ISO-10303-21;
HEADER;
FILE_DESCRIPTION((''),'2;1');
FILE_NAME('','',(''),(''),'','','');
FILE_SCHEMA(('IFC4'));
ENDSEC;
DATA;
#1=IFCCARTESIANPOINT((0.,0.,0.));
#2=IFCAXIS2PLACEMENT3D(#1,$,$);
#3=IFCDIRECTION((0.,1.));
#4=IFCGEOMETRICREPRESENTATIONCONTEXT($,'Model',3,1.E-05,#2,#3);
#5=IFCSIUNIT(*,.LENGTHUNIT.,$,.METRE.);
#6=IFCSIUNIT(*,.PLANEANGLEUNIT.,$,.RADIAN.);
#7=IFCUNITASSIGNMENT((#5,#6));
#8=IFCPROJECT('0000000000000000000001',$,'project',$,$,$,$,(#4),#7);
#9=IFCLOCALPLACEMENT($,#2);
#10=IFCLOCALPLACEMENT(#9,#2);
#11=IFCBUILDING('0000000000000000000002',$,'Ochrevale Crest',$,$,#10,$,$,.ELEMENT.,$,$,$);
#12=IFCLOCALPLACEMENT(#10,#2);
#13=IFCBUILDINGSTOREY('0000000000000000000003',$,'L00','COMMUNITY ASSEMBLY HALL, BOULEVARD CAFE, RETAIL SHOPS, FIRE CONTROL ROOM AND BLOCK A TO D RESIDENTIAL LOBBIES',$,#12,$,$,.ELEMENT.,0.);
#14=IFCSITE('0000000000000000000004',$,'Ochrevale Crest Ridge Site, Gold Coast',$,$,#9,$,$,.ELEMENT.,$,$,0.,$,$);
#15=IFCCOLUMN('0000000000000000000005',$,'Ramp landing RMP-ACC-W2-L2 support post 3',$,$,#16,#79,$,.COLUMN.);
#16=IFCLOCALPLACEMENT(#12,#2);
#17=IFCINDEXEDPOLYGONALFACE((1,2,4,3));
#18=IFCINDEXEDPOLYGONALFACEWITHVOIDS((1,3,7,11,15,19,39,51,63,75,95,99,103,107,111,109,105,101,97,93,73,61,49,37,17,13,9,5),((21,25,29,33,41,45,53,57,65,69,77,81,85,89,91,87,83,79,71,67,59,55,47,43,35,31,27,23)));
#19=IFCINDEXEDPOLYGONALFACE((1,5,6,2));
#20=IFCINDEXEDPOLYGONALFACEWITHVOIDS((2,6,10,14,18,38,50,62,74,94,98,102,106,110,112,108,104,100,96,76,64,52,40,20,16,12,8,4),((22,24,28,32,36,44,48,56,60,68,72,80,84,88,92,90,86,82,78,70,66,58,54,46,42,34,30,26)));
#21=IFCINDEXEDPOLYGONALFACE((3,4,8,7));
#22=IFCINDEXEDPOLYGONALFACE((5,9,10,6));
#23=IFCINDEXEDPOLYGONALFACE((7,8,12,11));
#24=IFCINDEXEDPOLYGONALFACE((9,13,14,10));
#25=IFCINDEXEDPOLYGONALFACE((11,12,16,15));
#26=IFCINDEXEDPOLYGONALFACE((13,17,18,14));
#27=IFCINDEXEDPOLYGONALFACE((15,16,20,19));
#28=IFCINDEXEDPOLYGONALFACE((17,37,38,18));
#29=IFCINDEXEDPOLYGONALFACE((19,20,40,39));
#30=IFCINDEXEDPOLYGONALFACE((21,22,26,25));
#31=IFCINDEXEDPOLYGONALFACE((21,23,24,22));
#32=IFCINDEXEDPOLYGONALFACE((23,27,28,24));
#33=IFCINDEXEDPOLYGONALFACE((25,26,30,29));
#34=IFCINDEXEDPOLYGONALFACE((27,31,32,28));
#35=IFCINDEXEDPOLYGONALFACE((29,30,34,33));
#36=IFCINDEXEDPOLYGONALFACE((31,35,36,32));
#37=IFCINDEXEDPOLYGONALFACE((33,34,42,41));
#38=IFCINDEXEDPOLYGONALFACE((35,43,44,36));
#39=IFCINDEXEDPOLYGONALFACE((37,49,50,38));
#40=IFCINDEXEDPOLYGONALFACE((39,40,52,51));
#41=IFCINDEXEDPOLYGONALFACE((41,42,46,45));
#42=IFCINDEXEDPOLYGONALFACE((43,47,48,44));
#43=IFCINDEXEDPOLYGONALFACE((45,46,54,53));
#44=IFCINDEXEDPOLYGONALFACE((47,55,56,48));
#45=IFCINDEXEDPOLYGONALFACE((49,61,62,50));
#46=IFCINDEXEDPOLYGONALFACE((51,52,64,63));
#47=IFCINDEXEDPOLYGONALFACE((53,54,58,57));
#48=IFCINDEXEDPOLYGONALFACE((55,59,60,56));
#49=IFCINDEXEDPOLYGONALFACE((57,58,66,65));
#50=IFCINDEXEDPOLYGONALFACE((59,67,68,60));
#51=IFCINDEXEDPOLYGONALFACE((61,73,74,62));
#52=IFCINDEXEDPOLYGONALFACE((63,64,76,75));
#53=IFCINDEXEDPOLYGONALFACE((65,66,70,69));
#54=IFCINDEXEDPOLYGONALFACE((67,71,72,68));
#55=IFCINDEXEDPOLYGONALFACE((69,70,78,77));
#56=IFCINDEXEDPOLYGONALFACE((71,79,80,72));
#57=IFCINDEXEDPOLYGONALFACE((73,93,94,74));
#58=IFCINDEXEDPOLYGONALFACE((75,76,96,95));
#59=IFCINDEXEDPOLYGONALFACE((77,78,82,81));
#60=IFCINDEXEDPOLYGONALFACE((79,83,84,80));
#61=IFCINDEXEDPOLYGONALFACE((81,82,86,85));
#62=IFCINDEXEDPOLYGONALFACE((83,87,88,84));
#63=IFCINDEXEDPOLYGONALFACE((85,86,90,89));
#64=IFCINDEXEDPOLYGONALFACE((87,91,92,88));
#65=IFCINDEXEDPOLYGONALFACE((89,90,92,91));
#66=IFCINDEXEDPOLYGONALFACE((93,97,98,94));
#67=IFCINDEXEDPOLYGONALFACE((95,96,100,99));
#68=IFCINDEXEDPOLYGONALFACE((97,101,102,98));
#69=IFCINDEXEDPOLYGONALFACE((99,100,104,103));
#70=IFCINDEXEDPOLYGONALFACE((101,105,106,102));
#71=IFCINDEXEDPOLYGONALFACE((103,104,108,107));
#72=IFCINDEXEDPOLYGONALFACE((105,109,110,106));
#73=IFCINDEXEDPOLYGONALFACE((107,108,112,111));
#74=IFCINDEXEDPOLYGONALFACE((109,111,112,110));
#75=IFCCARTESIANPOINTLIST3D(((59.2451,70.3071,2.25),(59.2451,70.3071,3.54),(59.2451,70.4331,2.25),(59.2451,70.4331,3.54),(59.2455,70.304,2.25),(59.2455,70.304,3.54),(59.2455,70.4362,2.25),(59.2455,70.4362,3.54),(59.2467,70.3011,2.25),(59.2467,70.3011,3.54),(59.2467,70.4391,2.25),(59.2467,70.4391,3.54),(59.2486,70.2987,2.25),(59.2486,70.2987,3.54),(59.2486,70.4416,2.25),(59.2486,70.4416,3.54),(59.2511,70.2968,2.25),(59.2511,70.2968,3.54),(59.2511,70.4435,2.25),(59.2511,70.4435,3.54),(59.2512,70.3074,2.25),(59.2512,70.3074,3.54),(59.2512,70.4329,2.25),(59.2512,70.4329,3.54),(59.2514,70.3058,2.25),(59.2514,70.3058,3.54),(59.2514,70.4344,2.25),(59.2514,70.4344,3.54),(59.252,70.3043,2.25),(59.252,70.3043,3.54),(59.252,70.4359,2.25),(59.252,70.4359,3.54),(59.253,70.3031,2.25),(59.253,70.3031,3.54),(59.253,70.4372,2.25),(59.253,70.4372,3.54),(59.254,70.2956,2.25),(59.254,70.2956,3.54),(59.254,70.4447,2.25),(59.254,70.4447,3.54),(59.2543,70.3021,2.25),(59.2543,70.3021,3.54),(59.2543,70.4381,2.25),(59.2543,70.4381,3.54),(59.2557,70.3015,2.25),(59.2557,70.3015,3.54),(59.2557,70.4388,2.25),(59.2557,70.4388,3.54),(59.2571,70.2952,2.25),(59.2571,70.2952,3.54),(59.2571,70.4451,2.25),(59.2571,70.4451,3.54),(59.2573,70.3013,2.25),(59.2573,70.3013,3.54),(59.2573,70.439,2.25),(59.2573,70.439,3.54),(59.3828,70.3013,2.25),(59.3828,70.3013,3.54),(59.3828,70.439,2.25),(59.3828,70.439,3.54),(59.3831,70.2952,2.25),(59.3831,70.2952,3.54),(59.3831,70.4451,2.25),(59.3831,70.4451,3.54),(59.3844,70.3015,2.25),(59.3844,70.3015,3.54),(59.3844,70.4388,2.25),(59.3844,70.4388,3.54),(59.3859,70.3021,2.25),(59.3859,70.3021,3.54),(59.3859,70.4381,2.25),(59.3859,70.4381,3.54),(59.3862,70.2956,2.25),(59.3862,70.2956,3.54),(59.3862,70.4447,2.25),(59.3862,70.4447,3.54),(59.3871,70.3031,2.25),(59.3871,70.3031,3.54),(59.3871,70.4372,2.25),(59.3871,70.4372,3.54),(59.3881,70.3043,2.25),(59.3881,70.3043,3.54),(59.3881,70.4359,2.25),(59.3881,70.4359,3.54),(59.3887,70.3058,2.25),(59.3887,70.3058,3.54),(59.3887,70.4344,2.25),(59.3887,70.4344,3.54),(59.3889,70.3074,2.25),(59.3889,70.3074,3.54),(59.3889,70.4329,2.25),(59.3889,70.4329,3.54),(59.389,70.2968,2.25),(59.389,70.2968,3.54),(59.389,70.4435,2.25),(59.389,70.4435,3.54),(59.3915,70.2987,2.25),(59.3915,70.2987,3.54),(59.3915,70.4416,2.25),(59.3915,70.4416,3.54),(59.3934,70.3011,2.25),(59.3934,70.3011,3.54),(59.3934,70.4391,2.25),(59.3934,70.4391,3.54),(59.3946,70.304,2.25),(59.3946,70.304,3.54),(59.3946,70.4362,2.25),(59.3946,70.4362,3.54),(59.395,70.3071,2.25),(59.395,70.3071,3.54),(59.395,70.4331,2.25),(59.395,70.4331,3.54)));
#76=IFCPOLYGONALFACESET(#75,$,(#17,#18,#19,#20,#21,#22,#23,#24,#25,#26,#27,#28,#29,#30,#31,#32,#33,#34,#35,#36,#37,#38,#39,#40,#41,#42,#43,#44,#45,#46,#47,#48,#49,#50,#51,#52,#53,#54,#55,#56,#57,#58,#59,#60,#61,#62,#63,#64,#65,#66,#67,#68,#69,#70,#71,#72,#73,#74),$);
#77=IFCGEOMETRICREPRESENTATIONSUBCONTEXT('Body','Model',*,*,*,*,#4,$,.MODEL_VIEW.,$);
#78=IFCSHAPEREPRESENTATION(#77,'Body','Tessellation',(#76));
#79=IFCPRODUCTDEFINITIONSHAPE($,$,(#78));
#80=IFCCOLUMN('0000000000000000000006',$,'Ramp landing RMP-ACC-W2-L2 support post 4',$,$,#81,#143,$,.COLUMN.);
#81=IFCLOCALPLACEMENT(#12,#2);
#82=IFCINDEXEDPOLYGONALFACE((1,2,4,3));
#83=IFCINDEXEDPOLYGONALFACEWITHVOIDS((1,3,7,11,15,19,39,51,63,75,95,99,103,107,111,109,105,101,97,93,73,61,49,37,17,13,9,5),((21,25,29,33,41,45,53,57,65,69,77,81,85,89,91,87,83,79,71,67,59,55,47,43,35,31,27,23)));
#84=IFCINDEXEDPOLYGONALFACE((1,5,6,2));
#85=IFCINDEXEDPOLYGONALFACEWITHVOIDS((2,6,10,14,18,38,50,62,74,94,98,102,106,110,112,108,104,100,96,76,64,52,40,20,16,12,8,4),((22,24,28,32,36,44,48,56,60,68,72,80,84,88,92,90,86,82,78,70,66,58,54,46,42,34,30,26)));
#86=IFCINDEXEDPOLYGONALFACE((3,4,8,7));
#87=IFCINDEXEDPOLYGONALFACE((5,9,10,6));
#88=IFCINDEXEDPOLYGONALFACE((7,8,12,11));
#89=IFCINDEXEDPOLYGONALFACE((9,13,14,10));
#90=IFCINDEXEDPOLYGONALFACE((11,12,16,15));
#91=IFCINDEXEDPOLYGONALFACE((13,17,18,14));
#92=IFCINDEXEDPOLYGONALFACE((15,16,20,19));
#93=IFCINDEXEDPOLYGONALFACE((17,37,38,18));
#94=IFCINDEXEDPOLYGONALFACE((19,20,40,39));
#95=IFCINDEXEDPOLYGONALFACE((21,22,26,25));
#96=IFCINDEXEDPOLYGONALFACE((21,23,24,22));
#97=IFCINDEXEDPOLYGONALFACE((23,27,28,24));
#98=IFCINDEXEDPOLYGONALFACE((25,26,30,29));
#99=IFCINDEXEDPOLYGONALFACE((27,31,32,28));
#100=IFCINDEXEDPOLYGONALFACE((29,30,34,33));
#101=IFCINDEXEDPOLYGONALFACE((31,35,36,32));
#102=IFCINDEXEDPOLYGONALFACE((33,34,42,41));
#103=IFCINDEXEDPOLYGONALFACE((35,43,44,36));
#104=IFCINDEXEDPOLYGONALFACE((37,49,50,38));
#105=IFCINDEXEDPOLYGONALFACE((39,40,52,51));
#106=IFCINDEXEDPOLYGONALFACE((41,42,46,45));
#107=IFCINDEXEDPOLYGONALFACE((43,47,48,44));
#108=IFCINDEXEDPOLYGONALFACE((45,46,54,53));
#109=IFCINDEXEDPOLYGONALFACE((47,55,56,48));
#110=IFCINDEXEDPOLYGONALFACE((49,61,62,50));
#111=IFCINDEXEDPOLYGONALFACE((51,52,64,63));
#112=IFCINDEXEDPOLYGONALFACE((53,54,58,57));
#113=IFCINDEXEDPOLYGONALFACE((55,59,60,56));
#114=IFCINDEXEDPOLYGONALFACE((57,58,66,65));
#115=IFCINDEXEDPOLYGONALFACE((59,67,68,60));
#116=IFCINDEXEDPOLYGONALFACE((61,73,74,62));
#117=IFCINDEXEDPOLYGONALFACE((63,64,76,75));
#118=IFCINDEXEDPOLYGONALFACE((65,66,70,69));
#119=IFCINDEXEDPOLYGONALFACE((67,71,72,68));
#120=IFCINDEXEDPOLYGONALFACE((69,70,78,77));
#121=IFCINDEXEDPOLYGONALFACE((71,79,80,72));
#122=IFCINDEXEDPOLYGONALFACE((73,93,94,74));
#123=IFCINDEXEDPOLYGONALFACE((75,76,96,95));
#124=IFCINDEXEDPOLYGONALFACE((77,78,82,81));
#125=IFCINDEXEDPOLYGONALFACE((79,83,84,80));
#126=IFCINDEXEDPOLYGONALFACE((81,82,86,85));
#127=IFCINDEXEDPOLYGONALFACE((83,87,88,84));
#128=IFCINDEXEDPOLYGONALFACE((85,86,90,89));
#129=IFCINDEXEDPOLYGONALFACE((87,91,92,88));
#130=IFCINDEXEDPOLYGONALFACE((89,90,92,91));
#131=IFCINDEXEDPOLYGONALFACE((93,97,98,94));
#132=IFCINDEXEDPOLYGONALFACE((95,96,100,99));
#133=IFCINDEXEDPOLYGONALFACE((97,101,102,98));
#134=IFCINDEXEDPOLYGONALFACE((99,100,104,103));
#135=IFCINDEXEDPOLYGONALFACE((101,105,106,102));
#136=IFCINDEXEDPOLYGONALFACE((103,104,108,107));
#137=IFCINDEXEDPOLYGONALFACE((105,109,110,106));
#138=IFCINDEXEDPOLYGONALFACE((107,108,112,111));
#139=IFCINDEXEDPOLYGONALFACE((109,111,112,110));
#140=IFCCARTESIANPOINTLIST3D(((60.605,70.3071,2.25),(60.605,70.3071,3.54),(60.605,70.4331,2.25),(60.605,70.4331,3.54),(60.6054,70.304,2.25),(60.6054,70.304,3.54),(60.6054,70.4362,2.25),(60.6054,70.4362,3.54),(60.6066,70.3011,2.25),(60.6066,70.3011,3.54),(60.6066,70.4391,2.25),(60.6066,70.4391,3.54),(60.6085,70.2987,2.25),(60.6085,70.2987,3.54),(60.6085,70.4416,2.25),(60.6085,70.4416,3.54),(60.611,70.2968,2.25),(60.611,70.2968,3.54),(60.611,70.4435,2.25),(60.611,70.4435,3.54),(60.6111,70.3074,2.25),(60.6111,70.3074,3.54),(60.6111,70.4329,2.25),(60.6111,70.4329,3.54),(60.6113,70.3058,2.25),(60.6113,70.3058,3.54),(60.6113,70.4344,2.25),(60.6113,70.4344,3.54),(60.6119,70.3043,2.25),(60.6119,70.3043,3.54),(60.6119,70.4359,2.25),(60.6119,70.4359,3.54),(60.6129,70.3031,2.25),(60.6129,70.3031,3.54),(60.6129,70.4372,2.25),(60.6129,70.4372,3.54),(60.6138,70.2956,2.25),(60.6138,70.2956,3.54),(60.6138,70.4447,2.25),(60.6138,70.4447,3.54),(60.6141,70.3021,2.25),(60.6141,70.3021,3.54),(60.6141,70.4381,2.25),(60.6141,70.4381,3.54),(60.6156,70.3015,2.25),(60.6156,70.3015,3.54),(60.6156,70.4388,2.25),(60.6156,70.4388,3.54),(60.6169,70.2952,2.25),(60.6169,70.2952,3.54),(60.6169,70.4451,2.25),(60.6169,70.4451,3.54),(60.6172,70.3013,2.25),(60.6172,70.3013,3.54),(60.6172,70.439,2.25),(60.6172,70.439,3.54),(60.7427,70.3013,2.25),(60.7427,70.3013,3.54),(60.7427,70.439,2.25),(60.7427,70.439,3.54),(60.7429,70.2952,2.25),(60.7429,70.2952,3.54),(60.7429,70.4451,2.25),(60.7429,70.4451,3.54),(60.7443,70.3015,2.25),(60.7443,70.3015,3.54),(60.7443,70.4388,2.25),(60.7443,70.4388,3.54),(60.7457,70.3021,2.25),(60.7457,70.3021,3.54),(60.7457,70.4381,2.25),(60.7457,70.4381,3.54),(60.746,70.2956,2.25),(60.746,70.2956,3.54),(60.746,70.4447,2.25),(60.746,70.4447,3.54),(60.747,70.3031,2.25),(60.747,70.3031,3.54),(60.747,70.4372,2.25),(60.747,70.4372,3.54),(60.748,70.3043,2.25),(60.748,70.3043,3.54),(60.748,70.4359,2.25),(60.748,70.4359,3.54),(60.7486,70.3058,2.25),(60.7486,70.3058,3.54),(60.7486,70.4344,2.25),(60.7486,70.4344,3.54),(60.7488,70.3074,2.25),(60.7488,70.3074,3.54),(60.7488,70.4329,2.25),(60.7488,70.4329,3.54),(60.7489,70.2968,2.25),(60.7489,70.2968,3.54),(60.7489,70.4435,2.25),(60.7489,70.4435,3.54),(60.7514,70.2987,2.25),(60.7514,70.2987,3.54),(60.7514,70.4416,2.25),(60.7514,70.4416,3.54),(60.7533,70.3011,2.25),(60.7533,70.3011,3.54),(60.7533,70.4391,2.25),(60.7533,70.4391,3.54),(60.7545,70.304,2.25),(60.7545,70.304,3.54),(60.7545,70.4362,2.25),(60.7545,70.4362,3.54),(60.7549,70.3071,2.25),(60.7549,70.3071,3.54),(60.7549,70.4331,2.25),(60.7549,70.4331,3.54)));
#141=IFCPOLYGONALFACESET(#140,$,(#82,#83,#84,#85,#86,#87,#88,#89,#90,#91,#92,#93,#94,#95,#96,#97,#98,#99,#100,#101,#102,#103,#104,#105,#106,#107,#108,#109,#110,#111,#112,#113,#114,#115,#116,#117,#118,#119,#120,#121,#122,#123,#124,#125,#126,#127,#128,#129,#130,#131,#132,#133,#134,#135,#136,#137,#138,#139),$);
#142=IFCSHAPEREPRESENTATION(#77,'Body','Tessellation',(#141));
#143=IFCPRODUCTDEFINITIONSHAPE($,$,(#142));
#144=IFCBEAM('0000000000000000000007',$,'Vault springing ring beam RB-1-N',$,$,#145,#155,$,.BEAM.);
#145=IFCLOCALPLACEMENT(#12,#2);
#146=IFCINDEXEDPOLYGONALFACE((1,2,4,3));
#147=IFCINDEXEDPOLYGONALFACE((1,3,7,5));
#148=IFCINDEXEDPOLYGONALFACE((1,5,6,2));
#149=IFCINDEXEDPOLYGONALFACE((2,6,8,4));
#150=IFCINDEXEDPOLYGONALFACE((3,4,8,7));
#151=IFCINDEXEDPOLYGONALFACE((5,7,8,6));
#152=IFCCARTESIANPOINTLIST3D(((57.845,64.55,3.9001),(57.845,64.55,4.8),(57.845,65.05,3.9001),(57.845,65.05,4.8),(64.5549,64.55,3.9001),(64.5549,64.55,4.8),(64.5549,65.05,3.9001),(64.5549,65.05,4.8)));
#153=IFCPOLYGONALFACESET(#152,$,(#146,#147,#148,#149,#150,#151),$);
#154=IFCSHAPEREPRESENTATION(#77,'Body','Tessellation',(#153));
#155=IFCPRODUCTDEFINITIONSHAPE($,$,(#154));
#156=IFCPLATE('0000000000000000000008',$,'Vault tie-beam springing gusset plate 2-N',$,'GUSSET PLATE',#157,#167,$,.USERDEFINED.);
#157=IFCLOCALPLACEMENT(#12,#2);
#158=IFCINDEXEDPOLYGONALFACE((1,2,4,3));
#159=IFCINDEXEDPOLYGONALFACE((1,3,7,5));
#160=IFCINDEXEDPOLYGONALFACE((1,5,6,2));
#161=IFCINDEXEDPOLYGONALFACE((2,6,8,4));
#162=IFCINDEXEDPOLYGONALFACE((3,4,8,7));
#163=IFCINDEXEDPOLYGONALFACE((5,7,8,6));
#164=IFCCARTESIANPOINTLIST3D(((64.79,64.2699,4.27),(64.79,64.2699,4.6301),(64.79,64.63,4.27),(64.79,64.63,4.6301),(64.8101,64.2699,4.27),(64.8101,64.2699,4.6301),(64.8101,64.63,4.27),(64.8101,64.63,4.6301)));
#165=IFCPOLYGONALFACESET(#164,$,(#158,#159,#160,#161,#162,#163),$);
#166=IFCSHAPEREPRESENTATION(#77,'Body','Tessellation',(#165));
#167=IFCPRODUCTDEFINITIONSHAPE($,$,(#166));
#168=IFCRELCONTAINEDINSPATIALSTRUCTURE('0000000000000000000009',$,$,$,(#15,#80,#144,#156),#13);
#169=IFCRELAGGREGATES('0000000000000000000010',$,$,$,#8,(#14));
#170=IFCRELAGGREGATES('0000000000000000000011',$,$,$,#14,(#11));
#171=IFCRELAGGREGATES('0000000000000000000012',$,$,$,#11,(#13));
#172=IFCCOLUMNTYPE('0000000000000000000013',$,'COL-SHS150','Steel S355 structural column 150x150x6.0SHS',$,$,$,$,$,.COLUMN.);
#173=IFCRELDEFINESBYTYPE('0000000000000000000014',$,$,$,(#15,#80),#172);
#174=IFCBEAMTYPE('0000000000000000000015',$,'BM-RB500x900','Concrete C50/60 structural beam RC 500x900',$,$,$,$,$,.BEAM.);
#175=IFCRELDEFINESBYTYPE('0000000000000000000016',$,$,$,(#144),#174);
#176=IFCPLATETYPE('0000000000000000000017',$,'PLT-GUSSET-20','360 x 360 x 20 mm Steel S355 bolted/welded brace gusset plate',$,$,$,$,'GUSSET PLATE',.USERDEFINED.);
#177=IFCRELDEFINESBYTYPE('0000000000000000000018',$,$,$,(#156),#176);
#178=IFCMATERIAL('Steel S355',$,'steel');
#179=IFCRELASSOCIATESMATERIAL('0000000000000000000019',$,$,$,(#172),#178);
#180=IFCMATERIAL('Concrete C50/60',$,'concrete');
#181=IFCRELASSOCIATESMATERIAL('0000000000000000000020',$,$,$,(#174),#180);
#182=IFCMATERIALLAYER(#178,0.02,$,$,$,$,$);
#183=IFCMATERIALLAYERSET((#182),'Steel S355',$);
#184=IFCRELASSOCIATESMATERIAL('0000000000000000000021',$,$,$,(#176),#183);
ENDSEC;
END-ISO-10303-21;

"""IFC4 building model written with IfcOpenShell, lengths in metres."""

from ifc_helpers import new_model, si_unit, direction, frame, origin, origin_2d, place, context, subcontext, project, spatial, rectangle, hollow_rectangle, extrude, material, layer, layer_set, material_profile, profile_set, type_object, element, save


model = new_model("IFC4")

# Units and contexts
model_context = context("Model", 3, precision=1e-05, world=origin(), true_north=direction((0.0, 1.0)))
body_context = subcontext(model_context, "Body", "Model", "MODEL_VIEW")
ifc_project = project(units=[si_unit("LENGTHUNIT", "METRE"), si_unit("PLANEANGLEUNIT", "RADIAN")], contexts=[model_context])

# Site, building, storey
site_placement = place(None, origin())
site = spatial("IfcSite", under=ifc_project, at=site_placement, Name="Ochrevale Crest Ridge Site, Gold Coast", CompositionType="ELEMENT", RefElevation=0.0)
building_placement = place(site_placement, origin())
building = spatial("IfcBuilding", under=site, at=building_placement, Name="Ochrevale Crest", CompositionType="ELEMENT")
storey_placement = place(building_placement, origin())
storey = spatial("IfcBuildingStorey", under=building, at=storey_placement, Name="L00", Description="COMMUNITY ASSEMBLY HALL, BOULEVARD CAFE, RETAIL SHOPS, FIRE CONTROL ROOM AND BLOCK A TO D RESIDENTIAL LOBBIES", CompositionType="ELEMENT", Elevation=0.0)

# Columns
ifc_material_1 = material(Name="Steel S355", Category="steel")
ifc_material_profile_1 = material_profile(ifc_material_1, hollow_rectangle(XDim=0.1499, YDim=0.1499, WallThickness=0.0061, InnerFilletRadius=0.0061, OuterFilletRadius=0.012, at=origin_2d()), Name="150x150x6.0SHS")
ifc_profile_set_1 = profile_set([ifc_material_profile_1], Name="Steel S355")
column_type_1 = type_object("IfcColumnType", Name="COL-SHS150", Description="Steel S355 structural column 150x150x6.0SHS", PredefinedType="COLUMN", material=ifc_profile_set_1)
for number, where, z_axis, x_axis, name in (
    (1, (59.3201, 70.3701, 2.25), (0.0, 0.0, 1.0), (1.0, 0.0, 0.0), "Ramp landing RMP-ACC-W2-L2 support post 3"),
    (2, (60.6799, 70.3701, 2.25), (0.0, 0.0, 1.0), (1.0, 0.0, 0.0), "Ramp landing RMP-ACC-W2-L2 support post 4"),
):
    element("IfcColumn", number, at=place(storey_placement, frame(where, z_axis=z_axis, x_axis=x_axis)), inside=storey, type_object=column_type_1, Name=name, PredefinedType="COLUMN", context=body_context, shape_type="SweptSolid", body=[
        extrude(hollow_rectangle(XDim=0.1499, YDim=0.1499, WallThickness=0.0061, InnerFilletRadius=0.0061, OuterFilletRadius=0.012, at=origin_2d()), origin(), (0.0, 0.0, 1.0), 1.29),
    ])

# Beam
ifc_material_2 = material(Name="Concrete C50/60", Category="concrete")
ifc_material_profile_2 = material_profile(ifc_material_2, rectangle(XDim=0.5, YDim=0.8999, at=origin_2d()), Name="RC 500x900")
ifc_profile_set_2 = profile_set([ifc_material_profile_2], Name="Concrete C50/60")
beam_type = type_object("IfcBeamType", Name="BM-RB500x900", Description="Concrete C50/60 structural beam RC 500x900", PredefinedType="BEAM", material=ifc_profile_set_2)
beam_placement = place(storey_placement, frame((57.845, 64.8, 4.3501), z_axis=(1.0, 0.0, 0.0), x_axis=(0.0, 1.0, 0.0)))
element("IfcBeam", 3, at=beam_placement, inside=storey, type_object=beam_type, Name="Vault springing ring beam RB-1-N", PredefinedType="BEAM", context=body_context, shape_type="SweptSolid", body=[
    extrude(rectangle(XDim=0.5, YDim=0.8999, at=origin_2d()), origin(), (0.0, 0.0, 1.0), 6.71),
])

# Plate
ifc_layer_1 = layer(ifc_material_1, 0.02)
ifc_layer_set_1 = layer_set([ifc_layer_1], Name="Steel S355")
plate_type = type_object("IfcPlateType", Name="PLT-GUSSET-20", Description="360 x 360 x 20 mm Steel S355 bolted/welded brace gusset plate", ElementType="GUSSET PLATE", PredefinedType="USERDEFINED", material=ifc_layer_set_1)
plate_placement = place(storey_placement, frame((64.8, 64.45, 4.27), z_axis=(0.0, 0.0, 1.0), x_axis=(1.0, 0.0, 0.0)))
element("IfcPlate", 4, at=plate_placement, inside=storey, type_object=plate_type, Name="Vault tie-beam springing gusset plate 2-N", ObjectType="GUSSET PLATE", PredefinedType="USERDEFINED", context=body_context, shape_type="SweptSolid", body=[
    extrude(rectangle(XDim=0.02, YDim=0.3601, at=origin_2d()), origin(), (0.0, 0.0, 1.0), 0.3601),
])

save(model, "model.ifc")
